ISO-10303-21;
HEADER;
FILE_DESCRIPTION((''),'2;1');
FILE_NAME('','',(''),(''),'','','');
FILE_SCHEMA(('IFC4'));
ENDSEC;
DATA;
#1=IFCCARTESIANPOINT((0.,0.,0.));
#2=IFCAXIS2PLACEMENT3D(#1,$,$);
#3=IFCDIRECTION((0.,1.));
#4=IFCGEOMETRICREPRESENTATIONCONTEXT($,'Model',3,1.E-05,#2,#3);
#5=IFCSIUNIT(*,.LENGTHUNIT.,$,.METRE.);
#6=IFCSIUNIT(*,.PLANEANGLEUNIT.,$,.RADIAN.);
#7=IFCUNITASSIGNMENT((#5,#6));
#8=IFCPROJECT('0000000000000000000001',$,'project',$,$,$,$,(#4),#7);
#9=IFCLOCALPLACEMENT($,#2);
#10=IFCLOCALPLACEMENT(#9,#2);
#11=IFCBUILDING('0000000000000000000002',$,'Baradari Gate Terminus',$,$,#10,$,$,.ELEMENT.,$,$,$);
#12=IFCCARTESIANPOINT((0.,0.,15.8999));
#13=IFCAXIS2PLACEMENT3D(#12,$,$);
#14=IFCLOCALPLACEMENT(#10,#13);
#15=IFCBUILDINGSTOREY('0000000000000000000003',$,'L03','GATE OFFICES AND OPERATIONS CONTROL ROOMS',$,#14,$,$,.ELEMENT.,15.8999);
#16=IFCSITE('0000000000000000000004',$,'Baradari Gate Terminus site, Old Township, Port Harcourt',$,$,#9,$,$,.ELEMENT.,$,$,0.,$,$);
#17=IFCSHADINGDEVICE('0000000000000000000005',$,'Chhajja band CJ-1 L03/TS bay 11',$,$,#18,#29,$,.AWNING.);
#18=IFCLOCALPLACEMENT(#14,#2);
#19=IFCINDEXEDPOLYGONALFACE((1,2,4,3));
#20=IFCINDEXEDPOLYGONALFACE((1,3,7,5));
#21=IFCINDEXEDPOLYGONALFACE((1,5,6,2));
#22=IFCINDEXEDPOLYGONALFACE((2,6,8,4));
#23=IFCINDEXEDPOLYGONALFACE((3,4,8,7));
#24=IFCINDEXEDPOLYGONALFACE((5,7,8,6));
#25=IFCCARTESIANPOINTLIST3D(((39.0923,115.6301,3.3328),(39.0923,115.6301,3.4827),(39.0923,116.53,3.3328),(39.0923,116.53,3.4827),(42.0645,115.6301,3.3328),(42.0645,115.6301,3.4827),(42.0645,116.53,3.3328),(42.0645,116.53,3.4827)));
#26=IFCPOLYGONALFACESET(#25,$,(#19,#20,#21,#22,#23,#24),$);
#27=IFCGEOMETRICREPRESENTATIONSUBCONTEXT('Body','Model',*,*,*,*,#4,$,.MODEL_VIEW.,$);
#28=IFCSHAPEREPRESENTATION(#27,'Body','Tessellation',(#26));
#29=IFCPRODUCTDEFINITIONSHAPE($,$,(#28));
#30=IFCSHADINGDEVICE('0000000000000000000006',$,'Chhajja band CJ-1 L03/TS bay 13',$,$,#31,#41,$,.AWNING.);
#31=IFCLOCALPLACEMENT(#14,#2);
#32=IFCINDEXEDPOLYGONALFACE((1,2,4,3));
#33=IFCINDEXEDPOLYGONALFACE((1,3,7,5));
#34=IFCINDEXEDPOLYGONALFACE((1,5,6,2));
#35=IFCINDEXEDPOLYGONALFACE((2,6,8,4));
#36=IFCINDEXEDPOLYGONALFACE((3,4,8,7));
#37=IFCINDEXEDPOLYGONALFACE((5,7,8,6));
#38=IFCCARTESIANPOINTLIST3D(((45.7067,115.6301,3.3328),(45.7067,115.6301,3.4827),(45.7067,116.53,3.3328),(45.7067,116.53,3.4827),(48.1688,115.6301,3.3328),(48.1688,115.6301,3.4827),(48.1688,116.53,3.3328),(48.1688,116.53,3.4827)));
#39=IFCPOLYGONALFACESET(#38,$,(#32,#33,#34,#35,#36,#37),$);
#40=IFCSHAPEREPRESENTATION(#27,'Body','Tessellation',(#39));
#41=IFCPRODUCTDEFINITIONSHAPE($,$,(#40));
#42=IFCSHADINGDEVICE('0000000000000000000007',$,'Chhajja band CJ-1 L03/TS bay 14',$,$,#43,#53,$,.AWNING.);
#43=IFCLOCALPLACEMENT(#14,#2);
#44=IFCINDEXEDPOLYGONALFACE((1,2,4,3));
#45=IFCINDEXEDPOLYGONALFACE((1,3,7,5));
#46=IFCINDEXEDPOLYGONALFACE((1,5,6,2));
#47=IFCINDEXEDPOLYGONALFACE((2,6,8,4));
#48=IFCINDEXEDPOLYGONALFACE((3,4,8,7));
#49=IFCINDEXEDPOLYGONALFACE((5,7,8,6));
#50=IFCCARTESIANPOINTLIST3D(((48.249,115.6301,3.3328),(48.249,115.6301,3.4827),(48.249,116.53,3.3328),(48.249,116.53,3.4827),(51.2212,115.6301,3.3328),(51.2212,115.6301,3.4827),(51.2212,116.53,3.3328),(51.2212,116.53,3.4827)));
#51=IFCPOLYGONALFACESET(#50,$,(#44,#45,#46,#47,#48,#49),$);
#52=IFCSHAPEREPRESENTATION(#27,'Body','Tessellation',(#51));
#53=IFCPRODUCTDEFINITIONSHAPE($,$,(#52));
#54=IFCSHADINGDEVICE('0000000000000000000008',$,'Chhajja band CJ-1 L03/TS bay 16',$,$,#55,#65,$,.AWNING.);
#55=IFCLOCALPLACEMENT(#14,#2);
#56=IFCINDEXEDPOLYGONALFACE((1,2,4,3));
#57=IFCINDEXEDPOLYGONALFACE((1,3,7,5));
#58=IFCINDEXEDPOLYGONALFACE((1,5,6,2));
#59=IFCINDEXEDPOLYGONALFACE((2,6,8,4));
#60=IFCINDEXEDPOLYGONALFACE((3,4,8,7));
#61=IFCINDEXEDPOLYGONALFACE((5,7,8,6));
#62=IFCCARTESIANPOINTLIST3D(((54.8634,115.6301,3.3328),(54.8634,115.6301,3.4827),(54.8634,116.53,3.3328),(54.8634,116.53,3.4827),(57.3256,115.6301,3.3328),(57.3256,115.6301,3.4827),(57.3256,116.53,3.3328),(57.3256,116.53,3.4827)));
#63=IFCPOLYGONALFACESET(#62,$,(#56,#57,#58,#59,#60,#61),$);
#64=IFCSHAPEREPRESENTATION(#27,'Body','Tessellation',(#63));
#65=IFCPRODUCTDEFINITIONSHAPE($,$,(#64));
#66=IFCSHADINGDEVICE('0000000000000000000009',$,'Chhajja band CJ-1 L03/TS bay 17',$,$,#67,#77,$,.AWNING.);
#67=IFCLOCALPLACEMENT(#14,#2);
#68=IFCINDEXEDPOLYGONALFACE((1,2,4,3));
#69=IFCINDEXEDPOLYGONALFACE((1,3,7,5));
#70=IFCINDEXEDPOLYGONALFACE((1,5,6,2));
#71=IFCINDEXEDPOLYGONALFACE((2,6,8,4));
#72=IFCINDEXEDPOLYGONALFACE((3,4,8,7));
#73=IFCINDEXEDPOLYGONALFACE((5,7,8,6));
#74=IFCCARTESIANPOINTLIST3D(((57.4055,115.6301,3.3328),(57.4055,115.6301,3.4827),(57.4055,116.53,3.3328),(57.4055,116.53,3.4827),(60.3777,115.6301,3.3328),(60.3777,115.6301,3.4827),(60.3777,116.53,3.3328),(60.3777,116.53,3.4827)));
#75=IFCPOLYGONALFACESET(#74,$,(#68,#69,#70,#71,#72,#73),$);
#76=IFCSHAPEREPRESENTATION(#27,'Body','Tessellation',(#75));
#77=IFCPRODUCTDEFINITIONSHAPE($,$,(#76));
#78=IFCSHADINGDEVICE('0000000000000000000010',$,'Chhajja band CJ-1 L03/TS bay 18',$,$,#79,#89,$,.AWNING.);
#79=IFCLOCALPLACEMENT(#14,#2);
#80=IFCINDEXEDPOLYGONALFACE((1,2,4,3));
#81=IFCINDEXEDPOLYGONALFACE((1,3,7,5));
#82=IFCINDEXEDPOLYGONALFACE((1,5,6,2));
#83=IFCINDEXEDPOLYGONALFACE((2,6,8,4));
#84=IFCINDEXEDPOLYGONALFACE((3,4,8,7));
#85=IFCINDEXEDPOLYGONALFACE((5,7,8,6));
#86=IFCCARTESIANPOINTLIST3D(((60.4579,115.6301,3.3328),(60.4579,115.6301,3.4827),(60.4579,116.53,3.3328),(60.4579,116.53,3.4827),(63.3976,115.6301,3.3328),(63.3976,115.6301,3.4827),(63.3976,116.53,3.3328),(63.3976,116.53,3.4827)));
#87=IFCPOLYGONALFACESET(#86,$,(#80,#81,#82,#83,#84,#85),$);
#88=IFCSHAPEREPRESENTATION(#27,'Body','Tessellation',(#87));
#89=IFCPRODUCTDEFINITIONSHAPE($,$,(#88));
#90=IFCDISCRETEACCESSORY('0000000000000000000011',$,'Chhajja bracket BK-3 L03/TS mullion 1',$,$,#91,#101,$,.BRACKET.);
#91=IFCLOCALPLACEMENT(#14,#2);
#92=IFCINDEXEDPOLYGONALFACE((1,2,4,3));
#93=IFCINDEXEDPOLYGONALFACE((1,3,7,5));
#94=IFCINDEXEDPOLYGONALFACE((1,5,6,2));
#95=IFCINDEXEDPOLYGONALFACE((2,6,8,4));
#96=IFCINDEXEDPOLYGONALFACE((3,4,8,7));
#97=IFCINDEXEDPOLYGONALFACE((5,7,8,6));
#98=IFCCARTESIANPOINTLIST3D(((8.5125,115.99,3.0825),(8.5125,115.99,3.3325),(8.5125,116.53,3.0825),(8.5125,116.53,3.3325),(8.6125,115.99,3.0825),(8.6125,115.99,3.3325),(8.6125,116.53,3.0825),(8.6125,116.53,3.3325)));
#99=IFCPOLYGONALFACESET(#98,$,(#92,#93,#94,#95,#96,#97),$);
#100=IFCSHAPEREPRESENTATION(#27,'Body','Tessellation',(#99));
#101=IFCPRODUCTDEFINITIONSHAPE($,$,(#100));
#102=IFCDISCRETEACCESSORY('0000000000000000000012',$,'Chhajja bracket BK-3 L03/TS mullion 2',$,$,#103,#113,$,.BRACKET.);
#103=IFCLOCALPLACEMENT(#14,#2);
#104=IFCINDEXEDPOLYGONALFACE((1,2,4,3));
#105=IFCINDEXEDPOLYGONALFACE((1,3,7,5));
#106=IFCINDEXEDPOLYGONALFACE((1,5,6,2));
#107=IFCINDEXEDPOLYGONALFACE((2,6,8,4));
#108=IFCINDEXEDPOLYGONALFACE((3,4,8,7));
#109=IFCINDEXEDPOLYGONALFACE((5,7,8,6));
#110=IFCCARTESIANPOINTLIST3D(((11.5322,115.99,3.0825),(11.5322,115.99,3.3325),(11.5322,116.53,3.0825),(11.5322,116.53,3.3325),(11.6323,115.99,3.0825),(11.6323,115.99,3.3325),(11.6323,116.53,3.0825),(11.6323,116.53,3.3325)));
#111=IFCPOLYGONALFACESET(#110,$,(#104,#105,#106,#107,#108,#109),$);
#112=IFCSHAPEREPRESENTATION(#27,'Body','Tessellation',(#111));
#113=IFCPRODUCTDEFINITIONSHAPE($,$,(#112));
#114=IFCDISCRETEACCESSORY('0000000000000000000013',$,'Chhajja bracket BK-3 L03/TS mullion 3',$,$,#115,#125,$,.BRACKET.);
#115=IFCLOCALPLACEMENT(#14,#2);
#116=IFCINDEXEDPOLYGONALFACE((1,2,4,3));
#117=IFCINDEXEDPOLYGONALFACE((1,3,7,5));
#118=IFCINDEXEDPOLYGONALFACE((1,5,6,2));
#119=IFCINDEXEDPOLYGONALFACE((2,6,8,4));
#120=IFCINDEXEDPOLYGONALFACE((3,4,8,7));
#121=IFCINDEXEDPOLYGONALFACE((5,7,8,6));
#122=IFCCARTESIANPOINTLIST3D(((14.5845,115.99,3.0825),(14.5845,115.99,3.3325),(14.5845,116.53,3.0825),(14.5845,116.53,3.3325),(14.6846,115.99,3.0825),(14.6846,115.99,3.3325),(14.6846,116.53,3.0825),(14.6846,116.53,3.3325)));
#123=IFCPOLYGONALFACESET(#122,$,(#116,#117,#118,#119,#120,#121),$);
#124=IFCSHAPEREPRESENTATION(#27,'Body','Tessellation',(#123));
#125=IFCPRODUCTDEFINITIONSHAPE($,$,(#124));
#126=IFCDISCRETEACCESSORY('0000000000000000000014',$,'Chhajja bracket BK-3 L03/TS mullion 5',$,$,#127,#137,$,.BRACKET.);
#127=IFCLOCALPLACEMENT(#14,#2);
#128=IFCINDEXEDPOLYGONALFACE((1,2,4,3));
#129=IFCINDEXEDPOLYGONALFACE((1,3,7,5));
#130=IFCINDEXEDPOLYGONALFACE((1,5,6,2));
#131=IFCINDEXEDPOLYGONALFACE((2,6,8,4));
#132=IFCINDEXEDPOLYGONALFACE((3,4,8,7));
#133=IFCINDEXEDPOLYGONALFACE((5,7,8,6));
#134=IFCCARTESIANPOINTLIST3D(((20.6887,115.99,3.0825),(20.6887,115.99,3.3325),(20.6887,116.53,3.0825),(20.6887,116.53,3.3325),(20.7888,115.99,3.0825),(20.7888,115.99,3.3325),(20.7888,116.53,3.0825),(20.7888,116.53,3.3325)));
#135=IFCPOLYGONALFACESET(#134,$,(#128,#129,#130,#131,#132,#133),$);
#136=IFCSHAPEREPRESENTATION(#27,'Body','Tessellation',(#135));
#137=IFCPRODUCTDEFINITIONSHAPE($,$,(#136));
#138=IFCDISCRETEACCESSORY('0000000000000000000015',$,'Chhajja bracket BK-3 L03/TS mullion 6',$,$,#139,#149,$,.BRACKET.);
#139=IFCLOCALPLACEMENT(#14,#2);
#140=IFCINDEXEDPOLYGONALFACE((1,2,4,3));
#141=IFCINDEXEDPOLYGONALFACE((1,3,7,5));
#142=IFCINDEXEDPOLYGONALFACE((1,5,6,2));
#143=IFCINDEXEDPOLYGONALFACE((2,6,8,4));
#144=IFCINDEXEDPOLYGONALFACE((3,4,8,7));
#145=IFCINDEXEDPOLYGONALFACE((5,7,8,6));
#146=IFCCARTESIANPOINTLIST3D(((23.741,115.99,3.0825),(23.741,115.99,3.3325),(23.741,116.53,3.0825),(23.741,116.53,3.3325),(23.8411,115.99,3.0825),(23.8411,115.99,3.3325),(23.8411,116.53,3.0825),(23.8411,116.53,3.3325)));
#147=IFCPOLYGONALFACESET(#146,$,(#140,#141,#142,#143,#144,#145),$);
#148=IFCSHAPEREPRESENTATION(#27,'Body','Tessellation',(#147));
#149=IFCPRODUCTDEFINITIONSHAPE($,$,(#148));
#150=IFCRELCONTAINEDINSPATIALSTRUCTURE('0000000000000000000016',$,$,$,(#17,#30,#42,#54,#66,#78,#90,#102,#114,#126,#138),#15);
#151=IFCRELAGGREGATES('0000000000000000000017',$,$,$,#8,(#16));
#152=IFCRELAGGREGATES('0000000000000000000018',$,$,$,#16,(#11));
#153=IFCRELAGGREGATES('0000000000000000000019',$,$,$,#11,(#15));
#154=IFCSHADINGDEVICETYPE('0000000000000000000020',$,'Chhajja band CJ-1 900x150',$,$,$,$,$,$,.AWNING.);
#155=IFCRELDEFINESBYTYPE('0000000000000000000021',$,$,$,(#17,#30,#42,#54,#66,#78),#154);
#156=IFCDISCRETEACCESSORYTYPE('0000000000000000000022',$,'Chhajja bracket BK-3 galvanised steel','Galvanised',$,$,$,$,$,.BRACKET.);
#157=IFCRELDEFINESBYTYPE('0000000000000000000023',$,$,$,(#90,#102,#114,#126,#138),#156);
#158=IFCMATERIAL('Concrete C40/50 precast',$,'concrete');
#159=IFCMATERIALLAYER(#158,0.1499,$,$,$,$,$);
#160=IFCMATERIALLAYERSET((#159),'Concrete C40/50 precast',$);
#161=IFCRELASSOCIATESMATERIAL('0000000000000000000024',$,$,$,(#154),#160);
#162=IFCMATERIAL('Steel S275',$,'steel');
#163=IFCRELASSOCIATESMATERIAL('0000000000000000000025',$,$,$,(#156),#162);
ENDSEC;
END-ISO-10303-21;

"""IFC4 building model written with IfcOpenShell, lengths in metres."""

from ifc_helpers import new_model, si_unit, direction, frame, origin, origin_2d, place, context, subcontext, project, spatial, rectangle, extrude, material, layer, layer_set, type_object, element, save


model = new_model("IFC4")

# Units and contexts
model_context = context("Model", 3, precision=1e-05, world=origin(), true_north=direction((0.0, 1.0)))
body_context = subcontext(model_context, "Body", "Model", "MODEL_VIEW")
ifc_project = project(units=[si_unit("LENGTHUNIT", "METRE"), si_unit("PLANEANGLEUNIT", "RADIAN")], contexts=[model_context])

# Site, building, storey
site_placement = place(None, origin())
site = spatial("IfcSite", under=ifc_project, at=site_placement, Name="Baradari Gate Terminus site, Old Township, Port Harcourt", CompositionType="ELEMENT", RefElevation=0.0)
building_placement = place(site_placement, origin())
building = spatial("IfcBuilding", under=site, at=building_placement, Name="Baradari Gate Terminus", CompositionType="ELEMENT")
storey_placement = place(building_placement, frame((0.0, 0.0, 15.8999)))
storey = spatial("IfcBuildingStorey", under=building, at=storey_placement, Name="L03", Description="GATE OFFICES AND OPERATIONS CONTROL ROOMS", CompositionType="ELEMENT", Elevation=15.8999)

# Shading devices
ifc_material_1 = material(Name="Concrete C40/50 precast", Category="concrete")
ifc_layer_1 = layer(ifc_material_1, 0.1499)
ifc_layer_set_1 = layer_set([ifc_layer_1], Name="Concrete C40/50 precast")
shading_device_type = type_object("IfcShadingDeviceType", Name="Chhajja band CJ-1 900x150", PredefinedType="AWNING", material=ifc_layer_set_1)
shading_device_1_placement = place(storey_placement, frame((40.5784, 116.0801, 3.3328), z_axis=(0.0, 0.0, 1.0), x_axis=(1.0, 0.0, 0.0)))
element("IfcShadingDevice", 1, at=shading_device_1_placement, inside=storey, type_object=shading_device_type, Name="Chhajja band CJ-1 L03/TS bay 11", PredefinedType="AWNING", context=body_context, shape_type="SweptSolid", body=[
    extrude(rectangle(XDim=2.9722, YDim=0.8999, at=origin_2d()), origin(), (0.0, 0.0, 1.0), 0.1499),
])
shading_device_2_placement = place(storey_placement, frame((46.9377, 116.0801, 3.3328), z_axis=(0.0, 0.0, 1.0), x_axis=(1.0, 0.0, 0.0)))
element("IfcShadingDevice", 2, at=shading_device_2_placement, inside=storey, type_object=shading_device_type, Name="Chhajja band CJ-1 L03/TS bay 13", PredefinedType="AWNING", context=body_context, shape_type="SweptSolid", body=[
    extrude(rectangle(XDim=2.4622, YDim=0.8999, at=origin_2d()), origin(), (0.0, 0.0, 1.0), 0.1499),
])
shading_device_3_placement = place(storey_placement, frame((49.7351, 116.0801, 3.3328), z_axis=(0.0, 0.0, 1.0), x_axis=(1.0, 0.0, 0.0)))
element("IfcShadingDevice", 3, at=shading_device_3_placement, inside=storey, type_object=shading_device_type, Name="Chhajja band CJ-1 L03/TS bay 14", PredefinedType="AWNING", context=body_context, shape_type="SweptSolid", body=[
    extrude(rectangle(XDim=2.9722, YDim=0.8999, at=origin_2d()), origin(), (0.0, 0.0, 1.0), 0.1499),
])
shading_device_4_placement = place(storey_placement, frame((56.0945, 116.0801, 3.3328), z_axis=(0.0, 0.0, 1.0), x_axis=(1.0, 0.0, 0.0)))
element("IfcShadingDevice", 4, at=shading_device_4_placement, inside=storey, type_object=shading_device_type, Name="Chhajja band CJ-1 L03/TS bay 16", PredefinedType="AWNING", context=body_context, shape_type="SweptSolid", body=[
    extrude(rectangle(XDim=2.4622, YDim=0.8999, at=origin_2d()), origin(), (0.0, 0.0, 1.0), 0.1499),
])
shading_device_5_placement = place(storey_placement, frame((58.8916, 116.0801, 3.3328), z_axis=(0.0, 0.0, 1.0), x_axis=(1.0, 0.0, 0.0)))
element("IfcShadingDevice", 5, at=shading_device_5_placement, inside=storey, type_object=shading_device_type, Name="Chhajja band CJ-1 L03/TS bay 17", PredefinedType="AWNING", context=body_context, shape_type="SweptSolid", body=[
    extrude(rectangle(XDim=2.9722, YDim=0.8999, at=origin_2d()), origin(), (0.0, 0.0, 1.0), 0.1499),
])
shading_device_6_placement = place(storey_placement, frame((61.9277, 116.0801, 3.3328), z_axis=(0.0, 0.0, 1.0), x_axis=(1.0, 0.0, 0.0)))
element("IfcShadingDevice", 6, at=shading_device_6_placement, inside=storey, type_object=shading_device_type, Name="Chhajja band CJ-1 L03/TS bay 18", PredefinedType="AWNING", context=body_context, shape_type="SweptSolid", body=[
    extrude(rectangle(XDim=2.9397, YDim=0.8999, at=origin_2d()), origin(), (0.0, 0.0, 1.0), 0.1499),
])

# Discrete accessories
ifc_material_2 = material(Name="Steel S275", Category="steel")
discrete_accessory_type = type_object("IfcDiscreteAccessoryType", Name="Chhajja bracket BK-3 galvanised steel", Description="Galvanised", PredefinedType="BRACKET", material=ifc_material_2)
for number, where, z_axis, x_axis, name in (
    (7, (8.5625, 116.26, 3.0825), (0.0, 0.0, 1.0), (0.0, -1.0, 0.0), "Chhajja bracket BK-3 L03/TS mullion 1"),
    (8, (11.5823, 116.26, 3.0825), (0.0, 0.0, 1.0), (0.0, -1.0, 0.0), "Chhajja bracket BK-3 L03/TS mullion 2"),
    (9, (14.6345, 116.26, 3.0825), (0.0, 0.0, 1.0), (0.0, -1.0, 0.0), "Chhajja bracket BK-3 L03/TS mullion 3"),
    (10, (20.7388, 116.26, 3.0825), (0.0, 0.0, 1.0), (0.0, -1.0, 0.0), "Chhajja bracket BK-3 L03/TS mullion 5"),
    (11, (23.791, 116.26, 3.0825), (0.0, 0.0, 1.0), (0.0, -1.0, 0.0), "Chhajja bracket BK-3 L03/TS mullion 6"),
):
    element("IfcDiscreteAccessory", number, at=place(storey_placement, frame(where, z_axis=z_axis, x_axis=x_axis)), inside=storey, type_object=discrete_accessory_type, Name=name, PredefinedType="BRACKET", context=body_context, shape_type="SweptSolid", body=[
        extrude(rectangle(XDim=0.54, YDim=0.1001, at=origin_2d()), origin(), (0.0, 0.0, 1.0), 0.25),
    ])

save(model, "model.ifc")
